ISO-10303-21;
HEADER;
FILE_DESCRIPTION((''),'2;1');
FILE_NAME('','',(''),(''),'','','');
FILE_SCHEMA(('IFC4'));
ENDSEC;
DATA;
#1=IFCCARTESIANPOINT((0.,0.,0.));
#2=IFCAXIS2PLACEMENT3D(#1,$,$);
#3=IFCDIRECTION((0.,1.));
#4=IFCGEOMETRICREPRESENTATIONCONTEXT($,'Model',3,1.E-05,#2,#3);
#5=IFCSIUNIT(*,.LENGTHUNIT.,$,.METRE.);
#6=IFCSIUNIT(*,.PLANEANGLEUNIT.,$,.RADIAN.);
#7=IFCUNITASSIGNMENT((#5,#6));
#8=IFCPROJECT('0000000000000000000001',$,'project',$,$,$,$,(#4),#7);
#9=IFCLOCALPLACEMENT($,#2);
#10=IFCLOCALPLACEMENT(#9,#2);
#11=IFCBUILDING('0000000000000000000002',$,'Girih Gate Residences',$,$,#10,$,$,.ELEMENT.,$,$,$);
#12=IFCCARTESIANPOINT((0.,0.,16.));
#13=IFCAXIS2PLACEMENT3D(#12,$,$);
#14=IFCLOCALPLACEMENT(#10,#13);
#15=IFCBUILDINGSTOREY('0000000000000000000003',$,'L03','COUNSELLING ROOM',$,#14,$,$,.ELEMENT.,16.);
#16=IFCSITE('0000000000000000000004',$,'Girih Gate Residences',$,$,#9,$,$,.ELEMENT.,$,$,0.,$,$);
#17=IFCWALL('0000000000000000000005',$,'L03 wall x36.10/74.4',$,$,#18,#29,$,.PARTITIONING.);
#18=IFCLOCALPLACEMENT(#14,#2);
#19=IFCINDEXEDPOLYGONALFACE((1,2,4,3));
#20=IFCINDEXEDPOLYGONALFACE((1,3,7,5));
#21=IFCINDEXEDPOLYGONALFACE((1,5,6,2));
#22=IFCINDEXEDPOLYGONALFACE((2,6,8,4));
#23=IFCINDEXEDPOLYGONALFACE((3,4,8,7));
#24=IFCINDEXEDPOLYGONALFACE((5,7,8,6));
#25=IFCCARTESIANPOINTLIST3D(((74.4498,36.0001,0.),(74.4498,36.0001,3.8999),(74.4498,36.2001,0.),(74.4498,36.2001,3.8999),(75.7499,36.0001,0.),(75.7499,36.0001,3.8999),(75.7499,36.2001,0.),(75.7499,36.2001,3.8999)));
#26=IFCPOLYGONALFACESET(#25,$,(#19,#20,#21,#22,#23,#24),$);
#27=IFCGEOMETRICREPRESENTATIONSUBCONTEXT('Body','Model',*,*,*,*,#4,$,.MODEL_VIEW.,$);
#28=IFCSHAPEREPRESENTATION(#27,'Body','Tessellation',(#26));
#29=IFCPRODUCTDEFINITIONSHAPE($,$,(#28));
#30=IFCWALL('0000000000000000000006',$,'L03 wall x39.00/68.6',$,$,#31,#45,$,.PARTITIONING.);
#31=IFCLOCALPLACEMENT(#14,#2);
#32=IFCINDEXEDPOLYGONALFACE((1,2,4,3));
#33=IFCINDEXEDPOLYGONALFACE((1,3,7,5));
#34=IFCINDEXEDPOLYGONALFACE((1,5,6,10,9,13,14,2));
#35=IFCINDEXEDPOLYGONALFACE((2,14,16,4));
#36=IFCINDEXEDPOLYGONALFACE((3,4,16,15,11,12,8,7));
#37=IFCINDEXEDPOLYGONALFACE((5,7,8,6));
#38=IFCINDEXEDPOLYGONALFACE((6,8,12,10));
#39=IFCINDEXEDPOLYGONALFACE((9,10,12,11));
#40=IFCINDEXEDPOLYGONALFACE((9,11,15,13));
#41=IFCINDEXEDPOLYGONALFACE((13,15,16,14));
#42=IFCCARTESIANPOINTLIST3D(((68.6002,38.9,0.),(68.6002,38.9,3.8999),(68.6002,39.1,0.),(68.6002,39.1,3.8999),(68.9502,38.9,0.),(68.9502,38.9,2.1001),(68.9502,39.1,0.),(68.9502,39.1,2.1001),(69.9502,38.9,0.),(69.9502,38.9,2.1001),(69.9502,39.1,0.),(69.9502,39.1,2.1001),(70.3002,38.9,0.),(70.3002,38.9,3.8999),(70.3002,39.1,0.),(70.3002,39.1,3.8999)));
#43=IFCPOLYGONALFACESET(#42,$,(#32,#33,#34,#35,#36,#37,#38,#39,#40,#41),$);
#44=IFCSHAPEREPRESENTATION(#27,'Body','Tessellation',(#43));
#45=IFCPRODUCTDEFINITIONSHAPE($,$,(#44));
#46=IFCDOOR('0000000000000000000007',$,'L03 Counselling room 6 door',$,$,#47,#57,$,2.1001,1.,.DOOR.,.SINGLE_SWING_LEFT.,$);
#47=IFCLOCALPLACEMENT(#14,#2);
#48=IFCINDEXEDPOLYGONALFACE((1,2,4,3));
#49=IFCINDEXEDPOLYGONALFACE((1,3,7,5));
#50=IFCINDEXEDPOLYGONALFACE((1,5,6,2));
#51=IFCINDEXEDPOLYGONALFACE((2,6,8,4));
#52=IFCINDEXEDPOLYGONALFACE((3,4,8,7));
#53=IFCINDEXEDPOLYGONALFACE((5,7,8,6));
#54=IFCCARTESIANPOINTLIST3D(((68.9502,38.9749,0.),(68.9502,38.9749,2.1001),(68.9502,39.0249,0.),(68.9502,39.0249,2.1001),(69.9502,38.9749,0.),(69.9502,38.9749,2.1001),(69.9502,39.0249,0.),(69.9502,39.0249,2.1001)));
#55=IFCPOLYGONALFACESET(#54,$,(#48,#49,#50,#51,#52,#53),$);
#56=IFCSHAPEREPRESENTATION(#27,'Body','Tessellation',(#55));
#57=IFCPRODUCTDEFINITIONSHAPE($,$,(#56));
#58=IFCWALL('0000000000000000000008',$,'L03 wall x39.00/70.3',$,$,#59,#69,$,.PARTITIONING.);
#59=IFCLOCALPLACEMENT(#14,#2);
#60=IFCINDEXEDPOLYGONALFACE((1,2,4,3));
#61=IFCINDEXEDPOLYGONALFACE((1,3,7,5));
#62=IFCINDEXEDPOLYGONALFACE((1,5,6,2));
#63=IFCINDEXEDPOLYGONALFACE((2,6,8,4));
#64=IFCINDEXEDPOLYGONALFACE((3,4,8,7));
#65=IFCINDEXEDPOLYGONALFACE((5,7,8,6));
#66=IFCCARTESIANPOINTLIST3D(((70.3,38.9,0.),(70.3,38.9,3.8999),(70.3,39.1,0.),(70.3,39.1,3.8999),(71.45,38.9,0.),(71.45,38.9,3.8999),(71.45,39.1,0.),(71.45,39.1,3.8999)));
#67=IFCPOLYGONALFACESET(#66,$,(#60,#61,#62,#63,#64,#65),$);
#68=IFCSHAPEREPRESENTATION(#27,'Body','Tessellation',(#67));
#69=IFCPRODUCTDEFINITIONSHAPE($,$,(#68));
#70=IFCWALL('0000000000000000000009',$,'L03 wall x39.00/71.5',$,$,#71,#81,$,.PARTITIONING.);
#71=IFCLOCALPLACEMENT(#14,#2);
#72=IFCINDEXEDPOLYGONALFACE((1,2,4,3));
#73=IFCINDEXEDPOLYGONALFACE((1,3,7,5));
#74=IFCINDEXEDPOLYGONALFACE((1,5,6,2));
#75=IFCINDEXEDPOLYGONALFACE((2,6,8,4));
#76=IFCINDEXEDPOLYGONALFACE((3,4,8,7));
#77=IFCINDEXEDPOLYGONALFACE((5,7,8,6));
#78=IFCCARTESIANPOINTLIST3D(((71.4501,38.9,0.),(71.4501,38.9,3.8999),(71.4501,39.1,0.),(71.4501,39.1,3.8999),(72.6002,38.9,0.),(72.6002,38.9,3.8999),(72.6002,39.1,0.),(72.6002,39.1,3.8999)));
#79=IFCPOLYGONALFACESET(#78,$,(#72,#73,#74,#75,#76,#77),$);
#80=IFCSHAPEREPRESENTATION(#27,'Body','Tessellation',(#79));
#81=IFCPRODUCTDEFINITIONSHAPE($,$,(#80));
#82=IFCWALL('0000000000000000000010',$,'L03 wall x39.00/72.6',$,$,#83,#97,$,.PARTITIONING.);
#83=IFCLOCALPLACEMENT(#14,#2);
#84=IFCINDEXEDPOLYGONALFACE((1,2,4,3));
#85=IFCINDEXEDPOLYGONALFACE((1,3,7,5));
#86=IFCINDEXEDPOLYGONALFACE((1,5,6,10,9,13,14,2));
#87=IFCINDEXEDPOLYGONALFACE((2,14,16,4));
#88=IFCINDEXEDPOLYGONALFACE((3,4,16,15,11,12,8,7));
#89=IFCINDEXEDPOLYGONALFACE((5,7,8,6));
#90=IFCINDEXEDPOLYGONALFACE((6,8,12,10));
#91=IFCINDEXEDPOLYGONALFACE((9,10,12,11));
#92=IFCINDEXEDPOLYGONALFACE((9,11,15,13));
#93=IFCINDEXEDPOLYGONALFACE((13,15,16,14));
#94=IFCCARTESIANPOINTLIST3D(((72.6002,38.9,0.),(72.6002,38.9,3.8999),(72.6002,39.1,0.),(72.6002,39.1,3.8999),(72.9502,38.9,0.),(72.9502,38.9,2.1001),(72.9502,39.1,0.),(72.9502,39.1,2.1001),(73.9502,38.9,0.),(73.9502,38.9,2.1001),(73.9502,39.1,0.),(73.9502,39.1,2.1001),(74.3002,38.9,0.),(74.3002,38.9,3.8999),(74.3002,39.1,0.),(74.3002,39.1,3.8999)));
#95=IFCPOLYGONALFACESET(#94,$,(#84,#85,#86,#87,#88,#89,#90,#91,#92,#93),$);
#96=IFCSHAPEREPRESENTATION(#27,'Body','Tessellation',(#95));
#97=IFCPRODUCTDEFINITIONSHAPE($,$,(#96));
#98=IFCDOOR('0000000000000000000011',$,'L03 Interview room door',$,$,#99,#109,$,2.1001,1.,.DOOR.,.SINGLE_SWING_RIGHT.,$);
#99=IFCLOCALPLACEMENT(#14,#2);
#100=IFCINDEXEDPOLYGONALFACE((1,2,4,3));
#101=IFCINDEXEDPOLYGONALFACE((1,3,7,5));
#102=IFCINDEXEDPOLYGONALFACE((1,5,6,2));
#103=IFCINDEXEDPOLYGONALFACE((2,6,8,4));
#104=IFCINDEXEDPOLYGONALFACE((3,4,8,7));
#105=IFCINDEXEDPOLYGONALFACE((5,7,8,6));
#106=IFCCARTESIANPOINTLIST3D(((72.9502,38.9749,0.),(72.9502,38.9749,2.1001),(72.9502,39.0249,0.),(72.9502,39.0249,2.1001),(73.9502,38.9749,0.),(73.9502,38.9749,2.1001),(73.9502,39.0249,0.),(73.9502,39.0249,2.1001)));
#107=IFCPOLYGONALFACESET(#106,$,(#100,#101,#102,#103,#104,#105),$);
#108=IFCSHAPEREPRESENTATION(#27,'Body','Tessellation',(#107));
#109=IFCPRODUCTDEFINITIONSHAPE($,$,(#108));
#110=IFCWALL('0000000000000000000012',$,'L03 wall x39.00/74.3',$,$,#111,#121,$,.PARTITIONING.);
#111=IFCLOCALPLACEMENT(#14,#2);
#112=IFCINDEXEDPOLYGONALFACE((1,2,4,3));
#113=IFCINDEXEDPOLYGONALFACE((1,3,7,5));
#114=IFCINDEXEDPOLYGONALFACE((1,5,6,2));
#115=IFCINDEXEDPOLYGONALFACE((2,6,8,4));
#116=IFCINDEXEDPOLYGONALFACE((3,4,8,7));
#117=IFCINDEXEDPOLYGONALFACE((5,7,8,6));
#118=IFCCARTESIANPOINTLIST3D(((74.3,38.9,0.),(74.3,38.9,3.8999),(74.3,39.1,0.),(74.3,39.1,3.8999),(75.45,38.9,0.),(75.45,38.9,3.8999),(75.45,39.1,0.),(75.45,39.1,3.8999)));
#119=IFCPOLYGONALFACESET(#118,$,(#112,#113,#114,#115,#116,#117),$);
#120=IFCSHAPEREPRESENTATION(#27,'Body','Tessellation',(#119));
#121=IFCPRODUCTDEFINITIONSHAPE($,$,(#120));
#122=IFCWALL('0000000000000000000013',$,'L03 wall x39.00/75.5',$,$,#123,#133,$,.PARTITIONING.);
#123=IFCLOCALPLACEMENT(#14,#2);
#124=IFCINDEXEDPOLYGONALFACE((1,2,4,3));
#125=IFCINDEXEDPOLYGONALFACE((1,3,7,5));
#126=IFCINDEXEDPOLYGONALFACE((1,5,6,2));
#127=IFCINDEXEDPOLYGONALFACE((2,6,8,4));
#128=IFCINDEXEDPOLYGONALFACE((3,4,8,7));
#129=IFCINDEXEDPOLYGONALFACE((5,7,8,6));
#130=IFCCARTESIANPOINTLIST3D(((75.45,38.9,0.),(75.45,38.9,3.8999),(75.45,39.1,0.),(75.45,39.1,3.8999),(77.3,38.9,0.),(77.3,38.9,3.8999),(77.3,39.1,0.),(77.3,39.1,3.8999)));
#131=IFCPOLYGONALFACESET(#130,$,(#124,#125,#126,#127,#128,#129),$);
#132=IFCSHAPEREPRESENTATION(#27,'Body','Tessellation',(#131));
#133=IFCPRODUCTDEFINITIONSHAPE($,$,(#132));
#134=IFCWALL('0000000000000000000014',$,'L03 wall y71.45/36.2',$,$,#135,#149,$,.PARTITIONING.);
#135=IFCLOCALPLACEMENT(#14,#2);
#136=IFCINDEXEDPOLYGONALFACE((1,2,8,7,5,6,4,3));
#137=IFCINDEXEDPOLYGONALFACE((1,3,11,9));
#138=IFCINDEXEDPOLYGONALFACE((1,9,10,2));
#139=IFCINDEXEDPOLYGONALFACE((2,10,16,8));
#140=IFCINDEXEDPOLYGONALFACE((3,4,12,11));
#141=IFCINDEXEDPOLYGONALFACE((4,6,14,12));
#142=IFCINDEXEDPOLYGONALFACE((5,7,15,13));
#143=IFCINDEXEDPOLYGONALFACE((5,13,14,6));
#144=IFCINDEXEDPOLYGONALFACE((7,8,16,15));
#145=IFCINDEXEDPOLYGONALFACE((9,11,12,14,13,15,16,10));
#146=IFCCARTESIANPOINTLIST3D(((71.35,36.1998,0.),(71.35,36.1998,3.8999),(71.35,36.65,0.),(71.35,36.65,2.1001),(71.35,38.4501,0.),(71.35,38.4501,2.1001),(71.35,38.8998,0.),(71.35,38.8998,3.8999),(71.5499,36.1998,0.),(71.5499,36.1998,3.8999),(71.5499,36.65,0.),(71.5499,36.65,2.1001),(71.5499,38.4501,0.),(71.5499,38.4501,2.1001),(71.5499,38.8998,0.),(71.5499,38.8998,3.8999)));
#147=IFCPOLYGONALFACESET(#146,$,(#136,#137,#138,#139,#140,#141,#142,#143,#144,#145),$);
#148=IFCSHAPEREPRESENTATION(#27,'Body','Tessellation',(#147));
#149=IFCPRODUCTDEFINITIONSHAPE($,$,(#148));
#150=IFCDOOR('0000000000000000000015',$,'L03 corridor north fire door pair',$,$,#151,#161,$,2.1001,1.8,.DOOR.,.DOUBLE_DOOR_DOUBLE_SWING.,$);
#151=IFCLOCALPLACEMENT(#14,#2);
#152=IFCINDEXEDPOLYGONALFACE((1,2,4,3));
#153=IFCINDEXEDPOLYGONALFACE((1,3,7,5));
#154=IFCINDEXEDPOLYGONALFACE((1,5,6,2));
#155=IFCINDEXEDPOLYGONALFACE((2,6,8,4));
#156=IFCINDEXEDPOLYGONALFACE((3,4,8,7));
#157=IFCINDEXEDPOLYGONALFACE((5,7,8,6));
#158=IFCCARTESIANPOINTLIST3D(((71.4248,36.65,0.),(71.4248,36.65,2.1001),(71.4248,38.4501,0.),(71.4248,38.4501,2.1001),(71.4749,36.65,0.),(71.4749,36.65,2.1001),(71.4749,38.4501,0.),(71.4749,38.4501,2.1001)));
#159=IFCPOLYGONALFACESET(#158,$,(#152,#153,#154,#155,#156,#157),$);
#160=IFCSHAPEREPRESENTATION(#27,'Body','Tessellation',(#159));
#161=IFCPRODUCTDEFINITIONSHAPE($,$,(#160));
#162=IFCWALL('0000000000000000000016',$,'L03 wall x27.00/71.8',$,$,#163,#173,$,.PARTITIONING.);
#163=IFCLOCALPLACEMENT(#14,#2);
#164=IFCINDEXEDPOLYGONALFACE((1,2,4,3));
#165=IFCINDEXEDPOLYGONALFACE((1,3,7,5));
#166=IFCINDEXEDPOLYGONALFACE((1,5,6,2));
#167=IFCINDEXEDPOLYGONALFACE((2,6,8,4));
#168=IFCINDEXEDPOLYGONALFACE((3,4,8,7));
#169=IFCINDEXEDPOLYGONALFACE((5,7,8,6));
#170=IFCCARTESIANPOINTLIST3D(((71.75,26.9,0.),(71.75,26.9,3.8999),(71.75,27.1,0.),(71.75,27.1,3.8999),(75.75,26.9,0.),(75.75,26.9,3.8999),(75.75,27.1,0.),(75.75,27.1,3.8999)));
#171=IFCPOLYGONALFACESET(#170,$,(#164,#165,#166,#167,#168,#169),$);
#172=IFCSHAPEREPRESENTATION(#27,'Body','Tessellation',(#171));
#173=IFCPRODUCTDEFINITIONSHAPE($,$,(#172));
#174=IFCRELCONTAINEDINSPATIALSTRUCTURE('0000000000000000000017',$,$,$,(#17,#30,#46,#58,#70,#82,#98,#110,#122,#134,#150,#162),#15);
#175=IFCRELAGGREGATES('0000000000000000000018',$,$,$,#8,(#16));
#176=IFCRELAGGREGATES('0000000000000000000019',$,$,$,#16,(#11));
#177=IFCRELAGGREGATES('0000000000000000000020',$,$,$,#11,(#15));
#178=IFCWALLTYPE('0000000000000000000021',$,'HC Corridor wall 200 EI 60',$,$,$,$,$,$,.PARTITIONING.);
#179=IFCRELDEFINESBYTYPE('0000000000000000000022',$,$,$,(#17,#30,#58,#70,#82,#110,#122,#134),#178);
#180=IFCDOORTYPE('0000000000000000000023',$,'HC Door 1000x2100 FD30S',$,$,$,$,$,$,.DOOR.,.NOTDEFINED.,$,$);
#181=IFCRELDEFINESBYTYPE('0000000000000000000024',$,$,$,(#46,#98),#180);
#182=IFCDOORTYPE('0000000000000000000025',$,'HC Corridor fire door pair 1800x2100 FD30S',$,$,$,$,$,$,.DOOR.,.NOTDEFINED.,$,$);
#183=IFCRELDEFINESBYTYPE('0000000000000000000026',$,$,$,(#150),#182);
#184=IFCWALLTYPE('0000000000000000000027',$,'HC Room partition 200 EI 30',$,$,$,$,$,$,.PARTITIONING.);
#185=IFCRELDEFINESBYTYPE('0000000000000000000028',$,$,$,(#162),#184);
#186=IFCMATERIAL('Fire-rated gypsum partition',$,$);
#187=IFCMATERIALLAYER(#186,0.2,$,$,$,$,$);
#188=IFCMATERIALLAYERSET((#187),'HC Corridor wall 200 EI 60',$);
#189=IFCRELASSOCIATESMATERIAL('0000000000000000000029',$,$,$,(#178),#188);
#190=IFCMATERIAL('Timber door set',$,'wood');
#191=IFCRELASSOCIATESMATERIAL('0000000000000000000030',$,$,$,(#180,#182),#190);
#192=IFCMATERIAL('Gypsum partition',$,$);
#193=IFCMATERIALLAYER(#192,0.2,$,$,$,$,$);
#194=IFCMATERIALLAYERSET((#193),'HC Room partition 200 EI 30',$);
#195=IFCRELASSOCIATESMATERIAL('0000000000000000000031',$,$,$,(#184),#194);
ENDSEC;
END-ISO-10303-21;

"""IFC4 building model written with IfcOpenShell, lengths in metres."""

from ifc_helpers import new_model, si_unit, direction, frame, frame_2d, origin, place, context, subcontext, project, spatial, rectangle, extrude, material, layer, layer_set, type_object, element, fill, save


model = new_model("IFC4")

# Units and contexts
model_context = context("Model", 3, precision=1e-05, world=origin(), true_north=direction((0.0, 1.0)))
body_context = subcontext(model_context, "Body", "Model", "MODEL_VIEW")
ifc_project = project(units=[si_unit("LENGTHUNIT", "METRE"), si_unit("PLANEANGLEUNIT", "RADIAN")], contexts=[model_context])

# Site, building, storey
site_placement = place(None, origin())
site = spatial("IfcSite", under=ifc_project, at=site_placement, Name="Girih Gate Residences", CompositionType="ELEMENT", RefElevation=0.0)
building_placement = place(site_placement, origin())
building = spatial("IfcBuilding", under=site, at=building_placement, Name="Girih Gate Residences", CompositionType="ELEMENT")
storey_placement = place(building_placement, frame((0.0, 0.0, 16.0)))
storey = spatial("IfcBuildingStorey", under=building, at=storey_placement, Name="L03", Description="COUNSELLING ROOM", CompositionType="ELEMENT", Elevation=16.0)

# Shared definitions
ifc_material_1 = material(Name="Fire-rated gypsum partition")
ifc_layer_1 = layer(ifc_material_1, 0.2)
ifc_layer_set_1 = layer_set([ifc_layer_1], Name="HC Corridor wall 200 EI 60")
wall_type_1 = type_object("IfcWallType", Name="HC Corridor wall 200 EI 60", PredefinedType="PARTITIONING", material=ifc_layer_set_1)
ifc_material_2 = material(Name="Timber door set", Category="wood")
door_type_1 = type_object("IfcDoorType", Name="HC Door 1000x2100 FD30S", OperationType="NOTDEFINED", PredefinedType="DOOR", material=ifc_material_2)

# Wall
wall_1_placement = place(storey_placement, frame((74.45, 36.1001, 0.0), z_axis=(0.0, 0.0, 1.0), x_axis=(1.0, 0.0, 0.0)))
element("IfcWall", 1, at=wall_1_placement, inside=storey, type_object=wall_type_1, Name="L03 wall x36.10/74.4", PredefinedType="PARTITIONING", context=body_context, shape_type="SweptSolid", body=[
    extrude(rectangle(XDim=1.3, YDim=0.2, at=frame_2d((0.6499, 0.0))), origin(), (0.0, 0.0, 1.0), 3.8999),
])

# Wall, opening, door
wall_2_placement = place(storey_placement, frame((68.6001, 39.0, 0.0), z_axis=(0.0, 0.0, 1.0), x_axis=(1.0, 0.0, 0.0)))
wall_2 = element("IfcWall", 2, at=wall_2_placement, inside=storey, type_object=wall_type_1, Name="L03 wall x39.00/68.6", PredefinedType="PARTITIONING", context=body_context, shape_type="SweptSolid", body=[
    extrude(rectangle(XDim=1.7, YDim=0.2, at=frame_2d((0.8501, 0.0))), origin(), (0.0, 0.0, 1.0), 3.8999),
])
opening_1_placement = place(wall_2_placement, frame((0.3501, 0.0, 0.0)))
opening_1 = element("IfcOpeningElement", 3, at=opening_1_placement, cuts=wall_2, PredefinedType="OPENING", context=body_context, shape_type="SweptSolid", body=[
    extrude(rectangle(XDim=1.0, YDim=2.1001, at=frame_2d((0.5, 1.05))), frame((0.0, 0.1099, 0.0), z_axis=(0.0, -1.0, 0.0), x_axis=(1.0, 0.0, 0.0)), (0.0, 0.0, 1.0), 0.22),
])
door_1_placement = place(opening_1_placement, origin())
door_1 = element("IfcDoor", 4, at=door_1_placement, inside=storey, type_object=door_type_1, Name="L03 Counselling room 6 door", OperationType="SINGLE_SWING_LEFT", OverallHeight=2.1001, OverallWidth=1.0, PredefinedType="DOOR", context=body_context, shape_type="SweptSolid", body=[
    extrude(rectangle(XDim=1.0, YDim=2.1001, at=frame_2d((0.5, 1.05))), frame((0.0, 0.0249, 0.0), z_axis=(0.0, -1.0, 0.0), x_axis=(1.0, 0.0, 0.0)), (0.0, 0.0, 1.0), 0.05),
])
fill(opening_1, door_1)

# Walls
wall_3_placement = place(storey_placement, frame((70.3, 39.0, 0.0), z_axis=(0.0, 0.0, 1.0), x_axis=(1.0, 0.0, 0.0)))
element("IfcWall", 5, at=wall_3_placement, inside=storey, type_object=wall_type_1, Name="L03 wall x39.00/70.3", PredefinedType="PARTITIONING", context=body_context, shape_type="SweptSolid", body=[
    extrude(rectangle(XDim=1.1499, YDim=0.2, at=frame_2d((0.575, 0.0))), origin(), (0.0, 0.0, 1.0), 3.8999),
])
wall_4_placement = place(storey_placement, frame((71.45, 39.0, 0.0), z_axis=(0.0, 0.0, 1.0), x_axis=(1.0, 0.0, 0.0)))
element("IfcWall", 6, at=wall_4_placement, inside=storey, type_object=wall_type_1, Name="L03 wall x39.00/71.5", PredefinedType="PARTITIONING", context=body_context, shape_type="SweptSolid", body=[
    extrude(rectangle(XDim=1.1501, YDim=0.2, at=frame_2d((0.5752, 0.0))), origin(), (0.0, 0.0, 1.0), 3.8999),
])

# Wall, opening, door
wall_5_placement = place(storey_placement, frame((72.6001, 39.0, 0.0), z_axis=(0.0, 0.0, 1.0), x_axis=(1.0, 0.0, 0.0)))
wall_5 = element("IfcWall", 7, at=wall_5_placement, inside=storey, type_object=wall_type_1, Name="L03 wall x39.00/72.6", PredefinedType="PARTITIONING", context=body_context, shape_type="SweptSolid", body=[
    extrude(rectangle(XDim=1.7, YDim=0.2, at=frame_2d((0.8501, 0.0))), origin(), (0.0, 0.0, 1.0), 3.8999),
])
opening_2_placement = place(wall_5_placement, frame((0.3501, 0.0, 0.0)))
opening_2 = element("IfcOpeningElement", 8, at=opening_2_placement, cuts=wall_5, PredefinedType="OPENING", context=body_context, shape_type="SweptSolid", body=[
    extrude(rectangle(XDim=1.0, YDim=2.1001, at=frame_2d((0.5, 1.05))), frame((0.0, 0.1099, 0.0), z_axis=(0.0, -1.0, 0.0), x_axis=(1.0, 0.0, 0.0)), (0.0, 0.0, 1.0), 0.22),
])
door_2_placement = place(opening_2_placement, origin())
door_2 = element("IfcDoor", 9, at=door_2_placement, inside=storey, type_object=door_type_1, Name="L03 Interview room door", OperationType="SINGLE_SWING_RIGHT", OverallHeight=2.1001, OverallWidth=1.0, PredefinedType="DOOR", context=body_context, shape_type="SweptSolid", body=[
    extrude(rectangle(XDim=1.0, YDim=2.1001, at=frame_2d((0.5, 1.05))), frame((0.0, 0.0249, 0.0), z_axis=(0.0, -1.0, 0.0), x_axis=(1.0, 0.0, 0.0)), (0.0, 0.0, 1.0), 0.05),
])
fill(opening_2, door_2)

# Walls
wall_6_placement = place(storey_placement, frame((74.3, 39.0, 0.0), z_axis=(0.0, 0.0, 1.0), x_axis=(1.0, 0.0, 0.0)))
element("IfcWall", 10, at=wall_6_placement, inside=storey, type_object=wall_type_1, Name="L03 wall x39.00/74.3", PredefinedType="PARTITIONING", context=body_context, shape_type="SweptSolid", body=[
    extrude(rectangle(XDim=1.1499, YDim=0.2, at=frame_2d((0.575, 0.0))), origin(), (0.0, 0.0, 1.0), 3.8999),
])
wall_7_placement = place(storey_placement, frame((75.45, 39.0, 0.0), z_axis=(0.0, 0.0, 1.0), x_axis=(1.0, 0.0, 0.0)))
element("IfcWall", 11, at=wall_7_placement, inside=storey, type_object=wall_type_1, Name="L03 wall x39.00/75.5", PredefinedType="PARTITIONING", context=body_context, shape_type="SweptSolid", body=[
    extrude(rectangle(XDim=1.8501, YDim=0.2, at=frame_2d((0.925, 0.0))), origin(), (0.0, 0.0, 1.0), 3.8999),
])

# Wall, opening, door
wall_8_placement = place(storey_placement, frame((71.45, 38.8999, 0.0), z_axis=(0.0, 0.0, 1.0), x_axis=(0.0, -1.0, 0.0)))
wall_8 = element("IfcWall", 12, at=wall_8_placement, inside=storey, type_object=wall_type_1, Name="L03 wall y71.45/36.2", PredefinedType="PARTITIONING", context=body_context, shape_type="SweptSolid", body=[
    extrude(rectangle(XDim=2.7, YDim=0.2, at=frame_2d((1.3501, 0.0))), origin(), (0.0, 0.0, 1.0), 3.8999),
])
opening_3_placement = place(wall_8_placement, frame((0.45, 0.0, 0.0)))
opening_3 = element("IfcOpeningElement", 13, at=opening_3_placement, cuts=wall_8, PredefinedType="OPENING", context=body_context, shape_type="SweptSolid", body=[
    extrude(rectangle(XDim=1.8, YDim=2.1001, at=frame_2d((0.8999, 1.05))), frame((0.0, 0.1099, 0.0), z_axis=(0.0, -1.0, 0.0), x_axis=(1.0, 0.0, 0.0)), (0.0, 0.0, 1.0), 0.22),
])
door_type_2 = type_object("IfcDoorType", Name="HC Corridor fire door pair 1800x2100 FD30S", OperationType="NOTDEFINED", PredefinedType="DOOR", material=ifc_material_2)
door_3_placement = place(opening_3_placement, origin())
door_3 = element("IfcDoor", 14, at=door_3_placement, inside=storey, type_object=door_type_2, Name="L03 corridor north fire door pair", OperationType="DOUBLE_DOOR_DOUBLE_SWING", OverallHeight=2.1001, OverallWidth=1.8, PredefinedType="DOOR", context=body_context, shape_type="SweptSolid", body=[
    extrude(rectangle(XDim=1.8, YDim=2.1001, at=frame_2d((0.8999, 1.05))), frame((0.0, 0.0249, 0.0), z_axis=(0.0, -1.0, 0.0), x_axis=(1.0, 0.0, 0.0)), (0.0, 0.0, 1.0), 0.05),
])
fill(opening_3, door_3)

# Wall
ifc_material_3 = material(Name="Gypsum partition")
ifc_layer_2 = layer(ifc_material_3, 0.2)
ifc_layer_set_2 = layer_set([ifc_layer_2], Name="HC Room partition 200 EI 30")
wall_type_2 = type_object("IfcWallType", Name="HC Room partition 200 EI 30", PredefinedType="PARTITIONING", material=ifc_layer_set_2)
wall_9_placement = place(storey_placement, frame((71.75, 27.0, 0.0), z_axis=(0.0, 0.0, 1.0), x_axis=(1.0, 0.0, 0.0)))
element("IfcWall", 15, at=wall_9_placement, inside=storey, type_object=wall_type_2, Name="L03 wall x27.00/71.8", PredefinedType="PARTITIONING", context=body_context, shape_type="SweptSolid", body=[
    extrude(rectangle(XDim=4.0, YDim=0.2, at=frame_2d((2.0, 0.0))), origin(), (0.0, 0.0, 1.0), 3.8999),
])

save(model, "model.ifc")
